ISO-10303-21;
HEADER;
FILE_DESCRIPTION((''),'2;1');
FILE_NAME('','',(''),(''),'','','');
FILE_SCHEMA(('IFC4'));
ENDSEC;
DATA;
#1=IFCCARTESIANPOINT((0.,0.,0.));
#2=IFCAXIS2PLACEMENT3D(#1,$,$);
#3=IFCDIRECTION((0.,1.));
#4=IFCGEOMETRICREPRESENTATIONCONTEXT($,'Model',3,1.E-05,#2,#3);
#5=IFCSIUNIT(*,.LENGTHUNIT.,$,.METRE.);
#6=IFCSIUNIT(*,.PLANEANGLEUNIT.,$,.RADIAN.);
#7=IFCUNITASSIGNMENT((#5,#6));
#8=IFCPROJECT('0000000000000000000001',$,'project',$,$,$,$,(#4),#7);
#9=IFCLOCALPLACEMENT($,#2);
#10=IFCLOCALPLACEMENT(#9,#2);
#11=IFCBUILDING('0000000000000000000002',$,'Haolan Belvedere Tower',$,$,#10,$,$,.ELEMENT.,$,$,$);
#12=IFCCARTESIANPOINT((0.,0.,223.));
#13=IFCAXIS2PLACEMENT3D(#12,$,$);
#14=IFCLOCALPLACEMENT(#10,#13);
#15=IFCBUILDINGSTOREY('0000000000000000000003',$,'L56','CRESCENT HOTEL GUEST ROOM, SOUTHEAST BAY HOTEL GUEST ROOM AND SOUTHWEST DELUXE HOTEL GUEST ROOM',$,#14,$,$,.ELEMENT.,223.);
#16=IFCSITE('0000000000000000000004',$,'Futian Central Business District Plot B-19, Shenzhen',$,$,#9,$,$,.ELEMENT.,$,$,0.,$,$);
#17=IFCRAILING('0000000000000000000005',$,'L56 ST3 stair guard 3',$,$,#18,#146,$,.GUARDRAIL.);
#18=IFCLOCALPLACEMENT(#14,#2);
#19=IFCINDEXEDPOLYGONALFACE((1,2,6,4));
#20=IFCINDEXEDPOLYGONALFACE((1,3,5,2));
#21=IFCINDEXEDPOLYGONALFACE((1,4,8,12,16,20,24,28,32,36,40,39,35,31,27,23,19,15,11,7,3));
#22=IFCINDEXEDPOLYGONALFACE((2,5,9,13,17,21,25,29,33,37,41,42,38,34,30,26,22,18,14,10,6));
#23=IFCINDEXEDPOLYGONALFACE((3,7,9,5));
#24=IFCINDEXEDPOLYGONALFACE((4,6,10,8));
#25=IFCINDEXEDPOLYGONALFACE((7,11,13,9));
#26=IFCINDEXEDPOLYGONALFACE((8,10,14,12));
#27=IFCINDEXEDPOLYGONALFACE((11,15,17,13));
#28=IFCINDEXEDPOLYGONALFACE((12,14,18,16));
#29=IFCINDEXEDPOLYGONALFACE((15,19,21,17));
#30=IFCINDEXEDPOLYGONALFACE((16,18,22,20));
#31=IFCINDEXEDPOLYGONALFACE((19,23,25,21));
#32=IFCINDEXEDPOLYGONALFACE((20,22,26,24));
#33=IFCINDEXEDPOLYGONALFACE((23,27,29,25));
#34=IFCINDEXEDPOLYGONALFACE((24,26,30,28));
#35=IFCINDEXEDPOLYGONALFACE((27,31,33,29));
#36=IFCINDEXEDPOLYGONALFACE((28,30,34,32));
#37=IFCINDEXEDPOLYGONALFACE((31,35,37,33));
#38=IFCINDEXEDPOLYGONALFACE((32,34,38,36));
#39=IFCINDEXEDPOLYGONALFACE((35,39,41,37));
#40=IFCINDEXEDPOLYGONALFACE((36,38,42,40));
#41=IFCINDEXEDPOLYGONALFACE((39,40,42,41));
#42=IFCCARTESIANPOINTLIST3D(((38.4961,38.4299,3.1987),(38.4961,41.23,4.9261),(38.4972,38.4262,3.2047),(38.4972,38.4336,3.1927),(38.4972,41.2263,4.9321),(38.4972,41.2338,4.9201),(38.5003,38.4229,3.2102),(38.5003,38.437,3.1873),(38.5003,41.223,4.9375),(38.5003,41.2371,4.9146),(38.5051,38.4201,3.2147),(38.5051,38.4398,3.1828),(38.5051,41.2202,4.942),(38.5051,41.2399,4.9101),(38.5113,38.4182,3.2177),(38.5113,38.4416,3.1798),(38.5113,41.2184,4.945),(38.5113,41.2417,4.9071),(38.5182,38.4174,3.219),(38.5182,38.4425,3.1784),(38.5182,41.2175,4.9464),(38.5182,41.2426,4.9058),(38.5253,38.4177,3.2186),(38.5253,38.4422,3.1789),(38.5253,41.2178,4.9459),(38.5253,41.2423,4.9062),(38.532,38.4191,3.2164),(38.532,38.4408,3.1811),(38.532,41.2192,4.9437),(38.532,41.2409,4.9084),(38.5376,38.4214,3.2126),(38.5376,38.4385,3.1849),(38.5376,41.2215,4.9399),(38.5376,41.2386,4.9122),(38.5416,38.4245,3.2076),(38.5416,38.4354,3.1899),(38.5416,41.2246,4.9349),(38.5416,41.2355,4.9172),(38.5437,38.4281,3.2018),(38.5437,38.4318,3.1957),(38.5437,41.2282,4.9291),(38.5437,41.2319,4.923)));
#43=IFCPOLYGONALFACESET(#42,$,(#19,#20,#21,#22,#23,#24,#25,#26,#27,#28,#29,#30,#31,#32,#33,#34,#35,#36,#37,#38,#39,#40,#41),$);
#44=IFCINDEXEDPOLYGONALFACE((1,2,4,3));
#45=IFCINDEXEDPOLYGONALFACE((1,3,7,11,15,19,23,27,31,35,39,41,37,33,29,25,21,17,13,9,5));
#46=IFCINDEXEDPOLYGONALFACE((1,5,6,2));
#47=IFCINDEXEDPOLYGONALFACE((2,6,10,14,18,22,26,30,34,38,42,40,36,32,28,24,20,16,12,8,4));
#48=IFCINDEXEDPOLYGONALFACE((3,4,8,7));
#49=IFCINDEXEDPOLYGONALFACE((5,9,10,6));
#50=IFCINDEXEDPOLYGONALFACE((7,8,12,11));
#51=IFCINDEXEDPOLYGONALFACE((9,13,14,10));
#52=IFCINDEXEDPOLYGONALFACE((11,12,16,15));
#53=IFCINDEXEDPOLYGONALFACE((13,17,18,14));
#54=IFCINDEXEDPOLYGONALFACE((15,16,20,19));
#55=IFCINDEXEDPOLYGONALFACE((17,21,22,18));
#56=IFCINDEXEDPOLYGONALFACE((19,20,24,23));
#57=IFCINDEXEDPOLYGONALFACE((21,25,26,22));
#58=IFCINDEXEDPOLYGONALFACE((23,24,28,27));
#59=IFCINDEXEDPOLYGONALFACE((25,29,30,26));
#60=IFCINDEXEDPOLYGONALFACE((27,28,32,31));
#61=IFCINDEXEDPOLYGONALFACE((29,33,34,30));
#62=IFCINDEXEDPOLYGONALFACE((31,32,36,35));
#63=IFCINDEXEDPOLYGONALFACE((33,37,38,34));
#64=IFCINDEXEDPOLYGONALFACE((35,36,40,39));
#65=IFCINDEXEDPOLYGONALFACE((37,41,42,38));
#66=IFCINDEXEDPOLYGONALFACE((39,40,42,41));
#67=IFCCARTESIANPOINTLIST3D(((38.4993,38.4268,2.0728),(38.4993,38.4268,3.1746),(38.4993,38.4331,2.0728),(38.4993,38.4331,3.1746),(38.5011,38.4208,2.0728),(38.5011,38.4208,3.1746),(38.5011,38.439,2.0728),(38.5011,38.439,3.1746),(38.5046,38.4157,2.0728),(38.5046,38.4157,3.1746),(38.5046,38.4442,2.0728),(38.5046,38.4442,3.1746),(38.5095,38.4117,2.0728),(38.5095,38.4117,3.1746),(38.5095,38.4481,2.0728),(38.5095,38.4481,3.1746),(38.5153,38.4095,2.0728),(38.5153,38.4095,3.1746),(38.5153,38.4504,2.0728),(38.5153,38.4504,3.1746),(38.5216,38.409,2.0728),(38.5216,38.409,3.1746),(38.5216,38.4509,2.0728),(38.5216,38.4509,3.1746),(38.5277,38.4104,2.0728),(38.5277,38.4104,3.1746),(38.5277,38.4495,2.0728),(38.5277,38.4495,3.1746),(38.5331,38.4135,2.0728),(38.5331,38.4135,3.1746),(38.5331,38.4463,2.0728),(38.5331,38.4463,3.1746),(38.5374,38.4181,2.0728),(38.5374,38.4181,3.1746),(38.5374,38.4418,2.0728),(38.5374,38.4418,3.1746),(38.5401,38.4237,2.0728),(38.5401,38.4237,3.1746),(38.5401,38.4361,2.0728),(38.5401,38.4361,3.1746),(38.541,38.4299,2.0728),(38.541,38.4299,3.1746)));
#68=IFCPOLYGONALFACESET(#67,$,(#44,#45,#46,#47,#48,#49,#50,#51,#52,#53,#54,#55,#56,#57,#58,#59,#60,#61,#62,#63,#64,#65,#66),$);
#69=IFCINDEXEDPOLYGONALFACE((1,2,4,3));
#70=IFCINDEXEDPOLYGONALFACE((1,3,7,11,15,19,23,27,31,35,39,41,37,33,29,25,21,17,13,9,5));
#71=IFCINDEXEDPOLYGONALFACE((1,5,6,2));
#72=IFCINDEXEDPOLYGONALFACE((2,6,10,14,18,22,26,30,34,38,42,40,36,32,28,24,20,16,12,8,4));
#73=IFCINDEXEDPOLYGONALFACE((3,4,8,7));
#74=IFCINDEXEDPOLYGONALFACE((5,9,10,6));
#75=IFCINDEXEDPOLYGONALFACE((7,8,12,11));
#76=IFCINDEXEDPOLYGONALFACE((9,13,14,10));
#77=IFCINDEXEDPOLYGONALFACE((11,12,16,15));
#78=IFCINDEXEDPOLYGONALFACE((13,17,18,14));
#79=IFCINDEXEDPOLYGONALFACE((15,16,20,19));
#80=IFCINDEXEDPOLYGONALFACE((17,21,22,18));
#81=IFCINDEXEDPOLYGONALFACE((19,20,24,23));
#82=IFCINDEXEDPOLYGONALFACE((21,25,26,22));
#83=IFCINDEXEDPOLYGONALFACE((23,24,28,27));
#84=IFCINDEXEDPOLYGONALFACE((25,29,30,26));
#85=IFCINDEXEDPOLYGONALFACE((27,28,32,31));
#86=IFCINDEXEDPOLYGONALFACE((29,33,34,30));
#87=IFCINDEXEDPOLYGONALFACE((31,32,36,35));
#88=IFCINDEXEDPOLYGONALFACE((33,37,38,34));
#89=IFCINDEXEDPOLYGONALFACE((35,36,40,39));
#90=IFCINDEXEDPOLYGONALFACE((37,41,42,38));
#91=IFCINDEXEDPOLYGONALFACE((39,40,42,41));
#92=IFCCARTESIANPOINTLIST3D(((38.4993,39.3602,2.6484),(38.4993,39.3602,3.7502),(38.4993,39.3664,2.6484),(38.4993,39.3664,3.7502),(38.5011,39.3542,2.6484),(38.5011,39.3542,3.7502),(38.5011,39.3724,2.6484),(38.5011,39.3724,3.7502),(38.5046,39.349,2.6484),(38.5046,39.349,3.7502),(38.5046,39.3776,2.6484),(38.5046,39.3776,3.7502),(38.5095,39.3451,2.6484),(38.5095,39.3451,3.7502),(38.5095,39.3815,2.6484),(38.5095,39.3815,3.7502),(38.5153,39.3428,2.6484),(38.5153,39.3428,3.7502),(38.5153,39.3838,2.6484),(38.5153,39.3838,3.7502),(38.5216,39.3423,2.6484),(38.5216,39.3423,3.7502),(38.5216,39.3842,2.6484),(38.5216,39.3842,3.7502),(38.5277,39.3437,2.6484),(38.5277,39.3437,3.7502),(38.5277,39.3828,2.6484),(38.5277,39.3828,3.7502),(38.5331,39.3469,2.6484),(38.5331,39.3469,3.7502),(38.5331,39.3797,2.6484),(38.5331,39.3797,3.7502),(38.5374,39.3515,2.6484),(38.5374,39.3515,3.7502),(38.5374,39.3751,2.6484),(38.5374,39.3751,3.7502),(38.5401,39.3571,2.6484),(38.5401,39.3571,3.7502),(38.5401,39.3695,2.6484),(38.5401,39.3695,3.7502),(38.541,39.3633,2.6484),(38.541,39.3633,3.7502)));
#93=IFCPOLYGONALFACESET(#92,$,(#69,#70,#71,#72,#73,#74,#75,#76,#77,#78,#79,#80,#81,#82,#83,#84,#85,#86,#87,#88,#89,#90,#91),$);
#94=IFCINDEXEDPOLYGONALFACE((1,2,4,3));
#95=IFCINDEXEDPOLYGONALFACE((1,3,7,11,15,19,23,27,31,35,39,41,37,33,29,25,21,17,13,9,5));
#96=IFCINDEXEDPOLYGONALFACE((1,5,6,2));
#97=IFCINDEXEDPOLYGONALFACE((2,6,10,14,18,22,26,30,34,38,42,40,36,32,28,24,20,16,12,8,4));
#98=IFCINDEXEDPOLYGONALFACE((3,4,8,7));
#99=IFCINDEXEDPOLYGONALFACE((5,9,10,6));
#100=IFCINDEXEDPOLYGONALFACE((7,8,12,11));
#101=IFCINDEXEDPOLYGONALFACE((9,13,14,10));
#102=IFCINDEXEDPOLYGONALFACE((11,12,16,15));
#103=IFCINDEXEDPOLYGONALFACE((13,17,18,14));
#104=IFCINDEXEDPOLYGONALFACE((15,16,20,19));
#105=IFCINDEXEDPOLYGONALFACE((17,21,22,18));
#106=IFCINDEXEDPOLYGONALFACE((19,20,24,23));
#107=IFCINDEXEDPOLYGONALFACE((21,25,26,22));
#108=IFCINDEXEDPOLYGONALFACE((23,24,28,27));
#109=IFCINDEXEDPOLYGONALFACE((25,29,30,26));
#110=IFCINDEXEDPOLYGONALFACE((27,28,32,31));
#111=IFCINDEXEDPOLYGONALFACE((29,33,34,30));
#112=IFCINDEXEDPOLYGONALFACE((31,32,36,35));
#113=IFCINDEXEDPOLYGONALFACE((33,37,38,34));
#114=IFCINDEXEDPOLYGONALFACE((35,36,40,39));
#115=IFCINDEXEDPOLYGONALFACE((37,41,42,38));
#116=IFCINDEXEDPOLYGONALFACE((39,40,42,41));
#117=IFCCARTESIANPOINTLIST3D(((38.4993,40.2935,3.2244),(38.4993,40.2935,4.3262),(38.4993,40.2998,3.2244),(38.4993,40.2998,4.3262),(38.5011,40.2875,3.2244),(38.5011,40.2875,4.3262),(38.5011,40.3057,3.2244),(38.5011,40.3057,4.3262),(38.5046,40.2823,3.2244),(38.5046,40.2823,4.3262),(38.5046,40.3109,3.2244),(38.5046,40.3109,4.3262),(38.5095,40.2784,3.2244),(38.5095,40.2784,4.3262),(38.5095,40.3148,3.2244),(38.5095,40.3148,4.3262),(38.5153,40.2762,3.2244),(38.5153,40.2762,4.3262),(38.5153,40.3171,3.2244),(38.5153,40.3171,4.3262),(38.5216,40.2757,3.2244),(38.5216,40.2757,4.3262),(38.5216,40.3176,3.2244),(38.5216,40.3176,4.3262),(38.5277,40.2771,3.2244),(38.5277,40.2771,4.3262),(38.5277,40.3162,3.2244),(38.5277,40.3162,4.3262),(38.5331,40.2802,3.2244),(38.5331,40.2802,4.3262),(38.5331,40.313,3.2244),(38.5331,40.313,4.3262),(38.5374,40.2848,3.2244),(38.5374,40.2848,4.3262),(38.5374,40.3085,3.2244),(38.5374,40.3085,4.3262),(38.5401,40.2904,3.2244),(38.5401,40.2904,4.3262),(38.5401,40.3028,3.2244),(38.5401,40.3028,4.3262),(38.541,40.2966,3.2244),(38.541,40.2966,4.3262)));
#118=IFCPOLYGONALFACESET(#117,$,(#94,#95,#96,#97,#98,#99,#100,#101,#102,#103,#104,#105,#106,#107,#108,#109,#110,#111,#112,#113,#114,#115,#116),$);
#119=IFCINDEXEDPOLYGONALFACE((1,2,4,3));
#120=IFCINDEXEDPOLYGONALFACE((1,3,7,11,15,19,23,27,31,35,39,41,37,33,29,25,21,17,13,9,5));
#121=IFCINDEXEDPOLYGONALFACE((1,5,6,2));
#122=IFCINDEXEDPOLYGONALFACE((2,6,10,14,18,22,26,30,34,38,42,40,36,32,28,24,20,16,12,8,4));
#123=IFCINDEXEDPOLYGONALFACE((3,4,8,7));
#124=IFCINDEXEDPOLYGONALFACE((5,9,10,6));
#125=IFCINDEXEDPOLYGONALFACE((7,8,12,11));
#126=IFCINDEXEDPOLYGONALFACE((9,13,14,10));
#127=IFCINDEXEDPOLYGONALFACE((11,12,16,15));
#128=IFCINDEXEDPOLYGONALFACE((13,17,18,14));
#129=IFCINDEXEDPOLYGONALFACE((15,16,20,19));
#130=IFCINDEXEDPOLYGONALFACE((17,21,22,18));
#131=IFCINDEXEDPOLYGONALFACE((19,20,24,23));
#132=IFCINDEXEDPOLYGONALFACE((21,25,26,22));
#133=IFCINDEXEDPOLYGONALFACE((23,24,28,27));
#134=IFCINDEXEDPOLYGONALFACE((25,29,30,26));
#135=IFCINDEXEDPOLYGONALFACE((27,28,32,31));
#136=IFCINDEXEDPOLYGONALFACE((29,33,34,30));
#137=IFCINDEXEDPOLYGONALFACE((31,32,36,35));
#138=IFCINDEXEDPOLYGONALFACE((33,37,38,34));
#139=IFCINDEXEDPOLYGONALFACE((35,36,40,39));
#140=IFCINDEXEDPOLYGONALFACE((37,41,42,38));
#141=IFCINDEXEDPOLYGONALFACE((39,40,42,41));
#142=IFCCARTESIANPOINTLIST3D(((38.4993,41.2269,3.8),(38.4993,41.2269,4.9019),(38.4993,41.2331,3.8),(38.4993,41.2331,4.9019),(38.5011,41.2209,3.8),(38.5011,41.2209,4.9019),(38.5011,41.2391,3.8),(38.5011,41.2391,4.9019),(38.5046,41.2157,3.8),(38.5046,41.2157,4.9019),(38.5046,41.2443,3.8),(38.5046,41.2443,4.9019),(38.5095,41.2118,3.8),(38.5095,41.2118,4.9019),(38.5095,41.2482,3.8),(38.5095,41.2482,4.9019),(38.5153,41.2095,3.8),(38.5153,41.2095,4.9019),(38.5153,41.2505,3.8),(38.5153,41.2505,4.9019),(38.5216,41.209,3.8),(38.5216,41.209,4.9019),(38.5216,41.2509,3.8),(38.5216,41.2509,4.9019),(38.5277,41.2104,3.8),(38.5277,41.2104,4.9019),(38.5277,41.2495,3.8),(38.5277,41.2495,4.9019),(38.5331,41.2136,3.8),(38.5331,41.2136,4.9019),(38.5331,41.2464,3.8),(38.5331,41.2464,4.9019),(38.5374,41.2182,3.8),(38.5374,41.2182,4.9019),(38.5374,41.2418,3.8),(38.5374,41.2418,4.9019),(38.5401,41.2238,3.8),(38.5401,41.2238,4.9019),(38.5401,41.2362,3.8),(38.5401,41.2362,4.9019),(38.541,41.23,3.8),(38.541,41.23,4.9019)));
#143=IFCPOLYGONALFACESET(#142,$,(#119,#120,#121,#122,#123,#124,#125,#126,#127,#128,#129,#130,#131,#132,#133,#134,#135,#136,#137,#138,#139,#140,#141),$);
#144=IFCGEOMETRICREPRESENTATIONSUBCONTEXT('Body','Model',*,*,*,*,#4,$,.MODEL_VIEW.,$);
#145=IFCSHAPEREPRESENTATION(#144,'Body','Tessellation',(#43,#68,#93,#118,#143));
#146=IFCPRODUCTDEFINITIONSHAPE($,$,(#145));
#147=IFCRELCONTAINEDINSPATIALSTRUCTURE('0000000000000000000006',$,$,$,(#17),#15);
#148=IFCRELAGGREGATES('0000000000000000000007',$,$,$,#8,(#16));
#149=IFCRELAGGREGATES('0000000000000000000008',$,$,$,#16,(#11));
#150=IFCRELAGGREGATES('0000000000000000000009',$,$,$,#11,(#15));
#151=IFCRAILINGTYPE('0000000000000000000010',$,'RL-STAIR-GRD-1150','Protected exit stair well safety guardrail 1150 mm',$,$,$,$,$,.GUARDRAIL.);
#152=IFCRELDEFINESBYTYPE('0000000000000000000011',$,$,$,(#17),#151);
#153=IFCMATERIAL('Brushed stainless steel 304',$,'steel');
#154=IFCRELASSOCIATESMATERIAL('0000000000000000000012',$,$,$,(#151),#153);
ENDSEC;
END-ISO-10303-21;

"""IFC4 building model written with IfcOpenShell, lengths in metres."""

from ifc_helpers import new_model, si_unit, direction, frame, origin, origin_2d, place, context, subcontext, project, spatial, circle, extrude, material, type_object, element, save


model = new_model("IFC4")

# Units and contexts
model_context = context("Model", 3, precision=1e-05, world=origin(), true_north=direction((0.0, 1.0)))
body_context = subcontext(model_context, "Body", "Model", "MODEL_VIEW")
ifc_project = project(units=[si_unit("LENGTHUNIT", "METRE"), si_unit("PLANEANGLEUNIT", "RADIAN")], contexts=[model_context])

# Site, building, storey
site_placement = place(None, origin())
site = spatial("IfcSite", under=ifc_project, at=site_placement, Name="Futian Central Business District Plot B-19, Shenzhen", CompositionType="ELEMENT", RefElevation=0.0)
building_placement = place(site_placement, origin())
building = spatial("IfcBuilding", under=site, at=building_placement, Name="Haolan Belvedere Tower", CompositionType="ELEMENT")
storey_placement = place(building_placement, frame((0.0, 0.0, 223.0)))
storey = spatial("IfcBuildingStorey", under=building, at=storey_placement, Name="L56", Description="CRESCENT HOTEL GUEST ROOM, SOUTHEAST BAY HOTEL GUEST ROOM AND SOUTHWEST DELUXE HOTEL GUEST ROOM", CompositionType="ELEMENT", Elevation=223.0)

# Railing
ifc_material_1 = material(Name="Brushed stainless steel 304", Category="steel")
railing_type_1 = type_object("IfcRailingType", Name="RL-STAIR-GRD-1150", Description="Protected exit stair well safety guardrail 1150 mm", PredefinedType="GUARDRAIL", material=ifc_material_1)
railing_1_placement = place(storey_placement, frame((38.52, 38.4299, 2.0728)))
element("IfcRailing", 1, at=railing_1_placement, inside=storey, type_object=railing_type_1, Name="L56 ST3 stair guard 3", PredefinedType="GUARDRAIL", context=body_context, shape_type="SweptSolid", body=[
    extrude(circle(Radius=0.0239, at=origin_2d()), frame((0.0, 0.0, 1.126), z_axis=(0.0, 0.85109, 0.52502), x_axis=(-1.0, 0.0, 0.0)), (0.0, 0.0, 1.0), 3.29),
    extrude(circle(Radius=0.021, at=origin_2d()), origin(), (0.0, 0.0, 1.0), 1.1018),
    extrude(circle(Radius=0.021, at=origin_2d()), frame((0.0, 0.9333, 0.5757)), (0.0, 0.0, 1.0), 1.1018),
    extrude(circle(Radius=0.021, at=origin_2d()), frame((0.0, 1.8667, 1.1516)), (0.0, 0.0, 1.0), 1.1018),
    extrude(circle(Radius=0.021, at=origin_2d()), frame((0.0, 2.8, 1.7273)), (0.0, 0.0, 1.0), 1.1018),
])

save(model, "model.ifc")
